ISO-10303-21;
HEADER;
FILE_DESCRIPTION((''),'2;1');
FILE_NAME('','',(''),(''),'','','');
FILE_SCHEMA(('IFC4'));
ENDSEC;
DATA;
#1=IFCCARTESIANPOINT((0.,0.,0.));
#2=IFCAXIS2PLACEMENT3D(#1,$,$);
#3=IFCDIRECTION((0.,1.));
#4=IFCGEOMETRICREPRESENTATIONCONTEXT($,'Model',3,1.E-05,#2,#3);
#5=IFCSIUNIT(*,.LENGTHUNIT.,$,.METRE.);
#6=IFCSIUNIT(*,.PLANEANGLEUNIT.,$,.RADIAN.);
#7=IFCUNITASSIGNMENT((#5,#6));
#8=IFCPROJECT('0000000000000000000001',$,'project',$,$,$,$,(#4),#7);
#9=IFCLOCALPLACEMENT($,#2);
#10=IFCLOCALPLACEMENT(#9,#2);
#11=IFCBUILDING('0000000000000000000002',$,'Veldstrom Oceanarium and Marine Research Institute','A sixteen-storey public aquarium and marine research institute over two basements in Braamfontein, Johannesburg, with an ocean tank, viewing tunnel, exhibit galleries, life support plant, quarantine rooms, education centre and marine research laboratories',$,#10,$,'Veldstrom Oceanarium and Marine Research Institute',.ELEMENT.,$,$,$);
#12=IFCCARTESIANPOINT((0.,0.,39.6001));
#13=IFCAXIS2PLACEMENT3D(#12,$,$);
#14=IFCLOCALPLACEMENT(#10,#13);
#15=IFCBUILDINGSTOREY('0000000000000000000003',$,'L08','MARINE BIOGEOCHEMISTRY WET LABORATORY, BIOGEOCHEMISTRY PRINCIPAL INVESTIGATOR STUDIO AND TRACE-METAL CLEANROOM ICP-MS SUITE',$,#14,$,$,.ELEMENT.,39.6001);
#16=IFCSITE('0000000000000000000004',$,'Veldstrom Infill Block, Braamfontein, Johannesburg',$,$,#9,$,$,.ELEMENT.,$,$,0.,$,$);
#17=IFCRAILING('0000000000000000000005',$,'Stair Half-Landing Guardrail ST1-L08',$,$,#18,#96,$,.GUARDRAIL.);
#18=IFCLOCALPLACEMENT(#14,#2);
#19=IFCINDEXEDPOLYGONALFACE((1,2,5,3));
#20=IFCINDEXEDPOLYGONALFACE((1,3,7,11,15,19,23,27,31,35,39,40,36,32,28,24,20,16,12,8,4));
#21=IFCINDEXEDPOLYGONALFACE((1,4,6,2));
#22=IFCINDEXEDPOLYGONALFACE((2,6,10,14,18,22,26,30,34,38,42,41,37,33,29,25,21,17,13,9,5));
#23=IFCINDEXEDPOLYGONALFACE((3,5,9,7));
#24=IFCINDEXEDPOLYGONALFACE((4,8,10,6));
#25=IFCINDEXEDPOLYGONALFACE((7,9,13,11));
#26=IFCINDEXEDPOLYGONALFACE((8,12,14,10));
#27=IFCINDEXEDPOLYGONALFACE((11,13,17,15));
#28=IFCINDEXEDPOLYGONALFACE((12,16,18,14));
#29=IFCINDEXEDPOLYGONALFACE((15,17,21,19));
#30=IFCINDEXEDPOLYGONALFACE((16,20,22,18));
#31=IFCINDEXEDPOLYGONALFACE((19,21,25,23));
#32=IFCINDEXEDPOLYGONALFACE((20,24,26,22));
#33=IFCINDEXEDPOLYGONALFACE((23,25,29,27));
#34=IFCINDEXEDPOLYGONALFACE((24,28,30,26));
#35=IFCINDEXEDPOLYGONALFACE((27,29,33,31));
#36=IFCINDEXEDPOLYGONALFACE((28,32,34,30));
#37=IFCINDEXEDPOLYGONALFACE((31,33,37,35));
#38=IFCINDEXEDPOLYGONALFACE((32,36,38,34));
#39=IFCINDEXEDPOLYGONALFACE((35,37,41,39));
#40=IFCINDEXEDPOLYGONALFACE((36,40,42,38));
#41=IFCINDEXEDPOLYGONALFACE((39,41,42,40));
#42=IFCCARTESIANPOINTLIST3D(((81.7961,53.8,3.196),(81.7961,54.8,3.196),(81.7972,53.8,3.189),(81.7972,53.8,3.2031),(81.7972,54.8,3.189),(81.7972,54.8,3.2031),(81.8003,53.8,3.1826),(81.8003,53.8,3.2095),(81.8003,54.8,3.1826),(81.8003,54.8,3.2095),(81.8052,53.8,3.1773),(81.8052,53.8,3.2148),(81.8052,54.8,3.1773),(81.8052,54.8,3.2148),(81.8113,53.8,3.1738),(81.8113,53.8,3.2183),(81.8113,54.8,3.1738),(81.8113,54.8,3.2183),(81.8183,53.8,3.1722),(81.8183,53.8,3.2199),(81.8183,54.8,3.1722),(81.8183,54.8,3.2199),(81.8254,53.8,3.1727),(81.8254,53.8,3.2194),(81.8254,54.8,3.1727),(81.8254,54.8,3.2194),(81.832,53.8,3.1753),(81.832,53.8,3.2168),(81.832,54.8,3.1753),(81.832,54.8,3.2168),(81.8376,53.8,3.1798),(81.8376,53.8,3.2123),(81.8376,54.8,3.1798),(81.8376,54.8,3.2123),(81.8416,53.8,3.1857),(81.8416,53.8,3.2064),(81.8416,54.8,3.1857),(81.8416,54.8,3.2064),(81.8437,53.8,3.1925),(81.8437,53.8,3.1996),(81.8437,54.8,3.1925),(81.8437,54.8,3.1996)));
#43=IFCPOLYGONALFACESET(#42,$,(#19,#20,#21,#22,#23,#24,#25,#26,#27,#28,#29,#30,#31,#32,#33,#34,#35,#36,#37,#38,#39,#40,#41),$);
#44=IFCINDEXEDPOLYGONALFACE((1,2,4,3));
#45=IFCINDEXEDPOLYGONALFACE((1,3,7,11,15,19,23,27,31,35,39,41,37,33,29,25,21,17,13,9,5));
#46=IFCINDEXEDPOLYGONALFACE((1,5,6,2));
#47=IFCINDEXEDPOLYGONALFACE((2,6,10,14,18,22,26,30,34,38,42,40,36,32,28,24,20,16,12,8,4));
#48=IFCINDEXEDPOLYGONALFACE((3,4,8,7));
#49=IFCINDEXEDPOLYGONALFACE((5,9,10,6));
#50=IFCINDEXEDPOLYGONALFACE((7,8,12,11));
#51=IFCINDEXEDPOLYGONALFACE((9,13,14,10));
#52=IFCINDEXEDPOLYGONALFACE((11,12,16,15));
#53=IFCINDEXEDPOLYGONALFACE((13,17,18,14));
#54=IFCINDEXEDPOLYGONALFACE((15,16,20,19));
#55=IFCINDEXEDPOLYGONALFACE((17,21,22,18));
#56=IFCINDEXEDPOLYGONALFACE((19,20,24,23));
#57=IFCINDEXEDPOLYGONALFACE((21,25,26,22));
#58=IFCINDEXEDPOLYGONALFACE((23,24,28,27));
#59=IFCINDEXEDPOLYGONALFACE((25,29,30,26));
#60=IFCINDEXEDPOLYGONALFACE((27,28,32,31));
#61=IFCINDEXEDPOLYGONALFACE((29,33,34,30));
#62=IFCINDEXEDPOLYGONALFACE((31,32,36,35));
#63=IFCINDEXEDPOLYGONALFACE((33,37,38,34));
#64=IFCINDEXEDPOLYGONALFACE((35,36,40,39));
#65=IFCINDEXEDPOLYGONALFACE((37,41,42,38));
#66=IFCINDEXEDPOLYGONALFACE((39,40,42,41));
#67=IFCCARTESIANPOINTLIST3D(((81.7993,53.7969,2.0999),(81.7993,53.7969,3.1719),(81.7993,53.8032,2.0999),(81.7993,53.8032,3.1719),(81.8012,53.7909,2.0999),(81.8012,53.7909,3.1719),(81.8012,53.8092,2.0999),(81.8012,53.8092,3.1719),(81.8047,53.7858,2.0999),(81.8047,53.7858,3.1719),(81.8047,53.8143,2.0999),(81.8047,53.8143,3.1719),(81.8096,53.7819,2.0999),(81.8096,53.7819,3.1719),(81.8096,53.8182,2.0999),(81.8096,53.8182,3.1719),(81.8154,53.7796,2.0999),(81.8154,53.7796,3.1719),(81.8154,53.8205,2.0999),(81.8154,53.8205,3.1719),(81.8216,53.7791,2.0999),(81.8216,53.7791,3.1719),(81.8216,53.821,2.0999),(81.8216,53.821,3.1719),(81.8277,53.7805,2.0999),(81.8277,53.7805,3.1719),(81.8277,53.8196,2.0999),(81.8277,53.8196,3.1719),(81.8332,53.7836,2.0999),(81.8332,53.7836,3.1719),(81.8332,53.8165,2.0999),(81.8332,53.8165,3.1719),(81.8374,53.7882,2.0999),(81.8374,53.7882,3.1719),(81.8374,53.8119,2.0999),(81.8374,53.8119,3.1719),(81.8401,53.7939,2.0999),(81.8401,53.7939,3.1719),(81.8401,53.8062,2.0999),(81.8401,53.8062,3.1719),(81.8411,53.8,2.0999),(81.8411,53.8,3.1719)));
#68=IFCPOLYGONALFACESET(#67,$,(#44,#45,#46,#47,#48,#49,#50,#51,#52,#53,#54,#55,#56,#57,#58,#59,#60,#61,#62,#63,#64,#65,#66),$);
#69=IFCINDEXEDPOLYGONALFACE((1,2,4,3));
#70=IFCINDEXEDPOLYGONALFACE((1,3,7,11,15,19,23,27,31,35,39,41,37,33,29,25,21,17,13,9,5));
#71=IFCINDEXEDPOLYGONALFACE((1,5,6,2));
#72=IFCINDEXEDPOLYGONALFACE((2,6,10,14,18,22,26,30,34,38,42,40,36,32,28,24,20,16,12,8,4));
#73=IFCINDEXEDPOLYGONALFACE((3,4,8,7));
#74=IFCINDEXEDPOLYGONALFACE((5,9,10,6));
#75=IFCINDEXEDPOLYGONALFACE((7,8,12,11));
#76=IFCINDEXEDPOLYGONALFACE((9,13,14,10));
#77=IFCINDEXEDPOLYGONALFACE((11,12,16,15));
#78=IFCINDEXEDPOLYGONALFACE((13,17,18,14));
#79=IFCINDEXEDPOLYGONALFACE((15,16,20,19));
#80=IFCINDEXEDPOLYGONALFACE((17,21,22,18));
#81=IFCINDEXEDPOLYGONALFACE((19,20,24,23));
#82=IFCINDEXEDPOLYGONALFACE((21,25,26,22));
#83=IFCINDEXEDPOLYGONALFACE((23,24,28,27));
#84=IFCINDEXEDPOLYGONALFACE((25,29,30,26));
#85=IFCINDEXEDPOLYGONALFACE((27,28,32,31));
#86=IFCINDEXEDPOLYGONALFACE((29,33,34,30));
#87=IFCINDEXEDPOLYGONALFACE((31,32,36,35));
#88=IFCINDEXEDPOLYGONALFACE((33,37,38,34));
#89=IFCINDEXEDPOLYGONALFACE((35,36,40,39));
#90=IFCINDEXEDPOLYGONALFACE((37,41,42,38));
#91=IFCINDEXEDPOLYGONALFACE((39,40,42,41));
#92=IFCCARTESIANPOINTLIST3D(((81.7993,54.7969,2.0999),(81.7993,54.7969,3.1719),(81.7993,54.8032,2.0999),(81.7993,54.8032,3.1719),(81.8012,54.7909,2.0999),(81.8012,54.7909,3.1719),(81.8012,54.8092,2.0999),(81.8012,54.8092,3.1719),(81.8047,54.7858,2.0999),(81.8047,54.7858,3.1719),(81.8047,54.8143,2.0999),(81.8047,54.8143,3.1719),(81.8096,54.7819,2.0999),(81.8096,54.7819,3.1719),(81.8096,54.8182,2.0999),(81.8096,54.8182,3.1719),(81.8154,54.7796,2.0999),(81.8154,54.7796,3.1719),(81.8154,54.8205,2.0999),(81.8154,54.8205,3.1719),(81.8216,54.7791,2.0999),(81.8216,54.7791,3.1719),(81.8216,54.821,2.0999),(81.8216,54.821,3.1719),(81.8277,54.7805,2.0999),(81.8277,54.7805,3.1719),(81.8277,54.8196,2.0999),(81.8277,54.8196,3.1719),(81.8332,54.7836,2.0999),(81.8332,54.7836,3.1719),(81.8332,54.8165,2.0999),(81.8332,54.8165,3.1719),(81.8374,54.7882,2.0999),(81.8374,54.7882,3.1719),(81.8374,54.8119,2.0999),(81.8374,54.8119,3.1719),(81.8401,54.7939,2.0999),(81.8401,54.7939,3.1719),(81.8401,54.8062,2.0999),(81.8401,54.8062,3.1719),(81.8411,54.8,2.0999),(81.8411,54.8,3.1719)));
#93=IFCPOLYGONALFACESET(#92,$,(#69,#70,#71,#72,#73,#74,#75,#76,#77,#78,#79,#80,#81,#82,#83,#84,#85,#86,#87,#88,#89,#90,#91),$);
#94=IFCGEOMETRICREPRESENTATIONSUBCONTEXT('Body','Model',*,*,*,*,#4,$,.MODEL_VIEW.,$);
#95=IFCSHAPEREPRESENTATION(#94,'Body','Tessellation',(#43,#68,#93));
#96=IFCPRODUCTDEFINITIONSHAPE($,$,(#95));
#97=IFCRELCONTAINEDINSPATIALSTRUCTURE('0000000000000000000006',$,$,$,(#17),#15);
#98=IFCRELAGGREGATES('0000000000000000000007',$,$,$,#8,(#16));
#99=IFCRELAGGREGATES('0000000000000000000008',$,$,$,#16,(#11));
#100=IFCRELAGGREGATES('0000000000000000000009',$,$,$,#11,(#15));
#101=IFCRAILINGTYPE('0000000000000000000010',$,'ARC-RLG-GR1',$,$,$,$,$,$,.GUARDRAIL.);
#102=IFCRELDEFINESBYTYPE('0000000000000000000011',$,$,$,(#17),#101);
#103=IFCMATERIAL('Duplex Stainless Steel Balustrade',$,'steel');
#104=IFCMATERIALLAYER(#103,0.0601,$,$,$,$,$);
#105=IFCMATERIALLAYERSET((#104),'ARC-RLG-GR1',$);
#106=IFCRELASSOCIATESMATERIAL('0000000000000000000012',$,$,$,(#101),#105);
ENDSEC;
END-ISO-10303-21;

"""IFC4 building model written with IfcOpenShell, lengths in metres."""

from ifc_helpers import new_model, si_unit, direction, frame, origin, origin_2d, place, context, subcontext, project, spatial, circle, extrude, material, layer, layer_set, type_object, element, save


model = new_model("IFC4")

# Units and contexts
model_context = context("Model", 3, precision=1e-05, world=origin(), true_north=direction((0.0, 1.0)))
body_context = subcontext(model_context, "Body", "Model", "MODEL_VIEW")
ifc_project = project(units=[si_unit("LENGTHUNIT", "METRE"), si_unit("PLANEANGLEUNIT", "RADIAN")], contexts=[model_context])

# Site, building, storey
site_placement = place(None, origin())
site = spatial("IfcSite", under=ifc_project, at=site_placement, Name="Veldstrom Infill Block, Braamfontein, Johannesburg", CompositionType="ELEMENT", RefElevation=0.0)
building_placement = place(site_placement, origin())
building = spatial("IfcBuilding", under=site, at=building_placement, Name="Veldstrom Oceanarium and Marine Research Institute", Description="A sixteen-storey public aquarium and marine research institute over two basements in Braamfontein, Johannesburg, with an ocean tank, viewing tunnel, exhibit galleries, life support plant, quarantine rooms, education centre and marine research laboratories", LongName="Veldstrom Oceanarium and Marine Research Institute", CompositionType="ELEMENT")
storey_placement = place(building_placement, frame((0.0, 0.0, 39.6001)))
storey = spatial("IfcBuildingStorey", under=building, at=storey_placement, Name="L08", Description="MARINE BIOGEOCHEMISTRY WET LABORATORY, BIOGEOCHEMISTRY PRINCIPAL INVESTIGATOR STUDIO AND TRACE-METAL CLEANROOM ICP-MS SUITE", CompositionType="ELEMENT", Elevation=39.6001)

# Railing
ifc_material_1 = material(Name="Duplex Stainless Steel Balustrade", Category="steel")
ifc_layer_1 = layer(ifc_material_1, 0.0601)
ifc_layer_set_1 = layer_set([ifc_layer_1], Name="ARC-RLG-GR1")
railing_type_1 = type_object("IfcRailingType", Name="ARC-RLG-GR1", PredefinedType="GUARDRAIL", material=ifc_layer_set_1)
railing_1_placement = place(storey_placement, frame((81.8201, 53.8, 2.0999)))
element("IfcRailing", 1, at=railing_1_placement, inside=storey, type_object=railing_type_1, Name="Stair Half-Landing Guardrail ST1-L08", PredefinedType="GUARDRAIL", context=body_context, shape_type="SweptSolid", body=[
    extrude(circle(Radius=0.0239, at=origin_2d()), frame((0.0, 0.0, 1.0962), z_axis=(0.0, 1.0, 0.0), x_axis=(-1.0, 0.0, 0.0)), (0.0, 0.0, 1.0), 1.0),
    extrude(circle(Radius=0.021, at=origin_2d()), origin(), (0.0, 0.0, 1.0), 1.072),
    extrude(circle(Radius=0.021, at=origin_2d()), frame((0.0, 1.0, 0.0)), (0.0, 0.0, 1.0), 1.072),
])

save(model, "model.ifc")
